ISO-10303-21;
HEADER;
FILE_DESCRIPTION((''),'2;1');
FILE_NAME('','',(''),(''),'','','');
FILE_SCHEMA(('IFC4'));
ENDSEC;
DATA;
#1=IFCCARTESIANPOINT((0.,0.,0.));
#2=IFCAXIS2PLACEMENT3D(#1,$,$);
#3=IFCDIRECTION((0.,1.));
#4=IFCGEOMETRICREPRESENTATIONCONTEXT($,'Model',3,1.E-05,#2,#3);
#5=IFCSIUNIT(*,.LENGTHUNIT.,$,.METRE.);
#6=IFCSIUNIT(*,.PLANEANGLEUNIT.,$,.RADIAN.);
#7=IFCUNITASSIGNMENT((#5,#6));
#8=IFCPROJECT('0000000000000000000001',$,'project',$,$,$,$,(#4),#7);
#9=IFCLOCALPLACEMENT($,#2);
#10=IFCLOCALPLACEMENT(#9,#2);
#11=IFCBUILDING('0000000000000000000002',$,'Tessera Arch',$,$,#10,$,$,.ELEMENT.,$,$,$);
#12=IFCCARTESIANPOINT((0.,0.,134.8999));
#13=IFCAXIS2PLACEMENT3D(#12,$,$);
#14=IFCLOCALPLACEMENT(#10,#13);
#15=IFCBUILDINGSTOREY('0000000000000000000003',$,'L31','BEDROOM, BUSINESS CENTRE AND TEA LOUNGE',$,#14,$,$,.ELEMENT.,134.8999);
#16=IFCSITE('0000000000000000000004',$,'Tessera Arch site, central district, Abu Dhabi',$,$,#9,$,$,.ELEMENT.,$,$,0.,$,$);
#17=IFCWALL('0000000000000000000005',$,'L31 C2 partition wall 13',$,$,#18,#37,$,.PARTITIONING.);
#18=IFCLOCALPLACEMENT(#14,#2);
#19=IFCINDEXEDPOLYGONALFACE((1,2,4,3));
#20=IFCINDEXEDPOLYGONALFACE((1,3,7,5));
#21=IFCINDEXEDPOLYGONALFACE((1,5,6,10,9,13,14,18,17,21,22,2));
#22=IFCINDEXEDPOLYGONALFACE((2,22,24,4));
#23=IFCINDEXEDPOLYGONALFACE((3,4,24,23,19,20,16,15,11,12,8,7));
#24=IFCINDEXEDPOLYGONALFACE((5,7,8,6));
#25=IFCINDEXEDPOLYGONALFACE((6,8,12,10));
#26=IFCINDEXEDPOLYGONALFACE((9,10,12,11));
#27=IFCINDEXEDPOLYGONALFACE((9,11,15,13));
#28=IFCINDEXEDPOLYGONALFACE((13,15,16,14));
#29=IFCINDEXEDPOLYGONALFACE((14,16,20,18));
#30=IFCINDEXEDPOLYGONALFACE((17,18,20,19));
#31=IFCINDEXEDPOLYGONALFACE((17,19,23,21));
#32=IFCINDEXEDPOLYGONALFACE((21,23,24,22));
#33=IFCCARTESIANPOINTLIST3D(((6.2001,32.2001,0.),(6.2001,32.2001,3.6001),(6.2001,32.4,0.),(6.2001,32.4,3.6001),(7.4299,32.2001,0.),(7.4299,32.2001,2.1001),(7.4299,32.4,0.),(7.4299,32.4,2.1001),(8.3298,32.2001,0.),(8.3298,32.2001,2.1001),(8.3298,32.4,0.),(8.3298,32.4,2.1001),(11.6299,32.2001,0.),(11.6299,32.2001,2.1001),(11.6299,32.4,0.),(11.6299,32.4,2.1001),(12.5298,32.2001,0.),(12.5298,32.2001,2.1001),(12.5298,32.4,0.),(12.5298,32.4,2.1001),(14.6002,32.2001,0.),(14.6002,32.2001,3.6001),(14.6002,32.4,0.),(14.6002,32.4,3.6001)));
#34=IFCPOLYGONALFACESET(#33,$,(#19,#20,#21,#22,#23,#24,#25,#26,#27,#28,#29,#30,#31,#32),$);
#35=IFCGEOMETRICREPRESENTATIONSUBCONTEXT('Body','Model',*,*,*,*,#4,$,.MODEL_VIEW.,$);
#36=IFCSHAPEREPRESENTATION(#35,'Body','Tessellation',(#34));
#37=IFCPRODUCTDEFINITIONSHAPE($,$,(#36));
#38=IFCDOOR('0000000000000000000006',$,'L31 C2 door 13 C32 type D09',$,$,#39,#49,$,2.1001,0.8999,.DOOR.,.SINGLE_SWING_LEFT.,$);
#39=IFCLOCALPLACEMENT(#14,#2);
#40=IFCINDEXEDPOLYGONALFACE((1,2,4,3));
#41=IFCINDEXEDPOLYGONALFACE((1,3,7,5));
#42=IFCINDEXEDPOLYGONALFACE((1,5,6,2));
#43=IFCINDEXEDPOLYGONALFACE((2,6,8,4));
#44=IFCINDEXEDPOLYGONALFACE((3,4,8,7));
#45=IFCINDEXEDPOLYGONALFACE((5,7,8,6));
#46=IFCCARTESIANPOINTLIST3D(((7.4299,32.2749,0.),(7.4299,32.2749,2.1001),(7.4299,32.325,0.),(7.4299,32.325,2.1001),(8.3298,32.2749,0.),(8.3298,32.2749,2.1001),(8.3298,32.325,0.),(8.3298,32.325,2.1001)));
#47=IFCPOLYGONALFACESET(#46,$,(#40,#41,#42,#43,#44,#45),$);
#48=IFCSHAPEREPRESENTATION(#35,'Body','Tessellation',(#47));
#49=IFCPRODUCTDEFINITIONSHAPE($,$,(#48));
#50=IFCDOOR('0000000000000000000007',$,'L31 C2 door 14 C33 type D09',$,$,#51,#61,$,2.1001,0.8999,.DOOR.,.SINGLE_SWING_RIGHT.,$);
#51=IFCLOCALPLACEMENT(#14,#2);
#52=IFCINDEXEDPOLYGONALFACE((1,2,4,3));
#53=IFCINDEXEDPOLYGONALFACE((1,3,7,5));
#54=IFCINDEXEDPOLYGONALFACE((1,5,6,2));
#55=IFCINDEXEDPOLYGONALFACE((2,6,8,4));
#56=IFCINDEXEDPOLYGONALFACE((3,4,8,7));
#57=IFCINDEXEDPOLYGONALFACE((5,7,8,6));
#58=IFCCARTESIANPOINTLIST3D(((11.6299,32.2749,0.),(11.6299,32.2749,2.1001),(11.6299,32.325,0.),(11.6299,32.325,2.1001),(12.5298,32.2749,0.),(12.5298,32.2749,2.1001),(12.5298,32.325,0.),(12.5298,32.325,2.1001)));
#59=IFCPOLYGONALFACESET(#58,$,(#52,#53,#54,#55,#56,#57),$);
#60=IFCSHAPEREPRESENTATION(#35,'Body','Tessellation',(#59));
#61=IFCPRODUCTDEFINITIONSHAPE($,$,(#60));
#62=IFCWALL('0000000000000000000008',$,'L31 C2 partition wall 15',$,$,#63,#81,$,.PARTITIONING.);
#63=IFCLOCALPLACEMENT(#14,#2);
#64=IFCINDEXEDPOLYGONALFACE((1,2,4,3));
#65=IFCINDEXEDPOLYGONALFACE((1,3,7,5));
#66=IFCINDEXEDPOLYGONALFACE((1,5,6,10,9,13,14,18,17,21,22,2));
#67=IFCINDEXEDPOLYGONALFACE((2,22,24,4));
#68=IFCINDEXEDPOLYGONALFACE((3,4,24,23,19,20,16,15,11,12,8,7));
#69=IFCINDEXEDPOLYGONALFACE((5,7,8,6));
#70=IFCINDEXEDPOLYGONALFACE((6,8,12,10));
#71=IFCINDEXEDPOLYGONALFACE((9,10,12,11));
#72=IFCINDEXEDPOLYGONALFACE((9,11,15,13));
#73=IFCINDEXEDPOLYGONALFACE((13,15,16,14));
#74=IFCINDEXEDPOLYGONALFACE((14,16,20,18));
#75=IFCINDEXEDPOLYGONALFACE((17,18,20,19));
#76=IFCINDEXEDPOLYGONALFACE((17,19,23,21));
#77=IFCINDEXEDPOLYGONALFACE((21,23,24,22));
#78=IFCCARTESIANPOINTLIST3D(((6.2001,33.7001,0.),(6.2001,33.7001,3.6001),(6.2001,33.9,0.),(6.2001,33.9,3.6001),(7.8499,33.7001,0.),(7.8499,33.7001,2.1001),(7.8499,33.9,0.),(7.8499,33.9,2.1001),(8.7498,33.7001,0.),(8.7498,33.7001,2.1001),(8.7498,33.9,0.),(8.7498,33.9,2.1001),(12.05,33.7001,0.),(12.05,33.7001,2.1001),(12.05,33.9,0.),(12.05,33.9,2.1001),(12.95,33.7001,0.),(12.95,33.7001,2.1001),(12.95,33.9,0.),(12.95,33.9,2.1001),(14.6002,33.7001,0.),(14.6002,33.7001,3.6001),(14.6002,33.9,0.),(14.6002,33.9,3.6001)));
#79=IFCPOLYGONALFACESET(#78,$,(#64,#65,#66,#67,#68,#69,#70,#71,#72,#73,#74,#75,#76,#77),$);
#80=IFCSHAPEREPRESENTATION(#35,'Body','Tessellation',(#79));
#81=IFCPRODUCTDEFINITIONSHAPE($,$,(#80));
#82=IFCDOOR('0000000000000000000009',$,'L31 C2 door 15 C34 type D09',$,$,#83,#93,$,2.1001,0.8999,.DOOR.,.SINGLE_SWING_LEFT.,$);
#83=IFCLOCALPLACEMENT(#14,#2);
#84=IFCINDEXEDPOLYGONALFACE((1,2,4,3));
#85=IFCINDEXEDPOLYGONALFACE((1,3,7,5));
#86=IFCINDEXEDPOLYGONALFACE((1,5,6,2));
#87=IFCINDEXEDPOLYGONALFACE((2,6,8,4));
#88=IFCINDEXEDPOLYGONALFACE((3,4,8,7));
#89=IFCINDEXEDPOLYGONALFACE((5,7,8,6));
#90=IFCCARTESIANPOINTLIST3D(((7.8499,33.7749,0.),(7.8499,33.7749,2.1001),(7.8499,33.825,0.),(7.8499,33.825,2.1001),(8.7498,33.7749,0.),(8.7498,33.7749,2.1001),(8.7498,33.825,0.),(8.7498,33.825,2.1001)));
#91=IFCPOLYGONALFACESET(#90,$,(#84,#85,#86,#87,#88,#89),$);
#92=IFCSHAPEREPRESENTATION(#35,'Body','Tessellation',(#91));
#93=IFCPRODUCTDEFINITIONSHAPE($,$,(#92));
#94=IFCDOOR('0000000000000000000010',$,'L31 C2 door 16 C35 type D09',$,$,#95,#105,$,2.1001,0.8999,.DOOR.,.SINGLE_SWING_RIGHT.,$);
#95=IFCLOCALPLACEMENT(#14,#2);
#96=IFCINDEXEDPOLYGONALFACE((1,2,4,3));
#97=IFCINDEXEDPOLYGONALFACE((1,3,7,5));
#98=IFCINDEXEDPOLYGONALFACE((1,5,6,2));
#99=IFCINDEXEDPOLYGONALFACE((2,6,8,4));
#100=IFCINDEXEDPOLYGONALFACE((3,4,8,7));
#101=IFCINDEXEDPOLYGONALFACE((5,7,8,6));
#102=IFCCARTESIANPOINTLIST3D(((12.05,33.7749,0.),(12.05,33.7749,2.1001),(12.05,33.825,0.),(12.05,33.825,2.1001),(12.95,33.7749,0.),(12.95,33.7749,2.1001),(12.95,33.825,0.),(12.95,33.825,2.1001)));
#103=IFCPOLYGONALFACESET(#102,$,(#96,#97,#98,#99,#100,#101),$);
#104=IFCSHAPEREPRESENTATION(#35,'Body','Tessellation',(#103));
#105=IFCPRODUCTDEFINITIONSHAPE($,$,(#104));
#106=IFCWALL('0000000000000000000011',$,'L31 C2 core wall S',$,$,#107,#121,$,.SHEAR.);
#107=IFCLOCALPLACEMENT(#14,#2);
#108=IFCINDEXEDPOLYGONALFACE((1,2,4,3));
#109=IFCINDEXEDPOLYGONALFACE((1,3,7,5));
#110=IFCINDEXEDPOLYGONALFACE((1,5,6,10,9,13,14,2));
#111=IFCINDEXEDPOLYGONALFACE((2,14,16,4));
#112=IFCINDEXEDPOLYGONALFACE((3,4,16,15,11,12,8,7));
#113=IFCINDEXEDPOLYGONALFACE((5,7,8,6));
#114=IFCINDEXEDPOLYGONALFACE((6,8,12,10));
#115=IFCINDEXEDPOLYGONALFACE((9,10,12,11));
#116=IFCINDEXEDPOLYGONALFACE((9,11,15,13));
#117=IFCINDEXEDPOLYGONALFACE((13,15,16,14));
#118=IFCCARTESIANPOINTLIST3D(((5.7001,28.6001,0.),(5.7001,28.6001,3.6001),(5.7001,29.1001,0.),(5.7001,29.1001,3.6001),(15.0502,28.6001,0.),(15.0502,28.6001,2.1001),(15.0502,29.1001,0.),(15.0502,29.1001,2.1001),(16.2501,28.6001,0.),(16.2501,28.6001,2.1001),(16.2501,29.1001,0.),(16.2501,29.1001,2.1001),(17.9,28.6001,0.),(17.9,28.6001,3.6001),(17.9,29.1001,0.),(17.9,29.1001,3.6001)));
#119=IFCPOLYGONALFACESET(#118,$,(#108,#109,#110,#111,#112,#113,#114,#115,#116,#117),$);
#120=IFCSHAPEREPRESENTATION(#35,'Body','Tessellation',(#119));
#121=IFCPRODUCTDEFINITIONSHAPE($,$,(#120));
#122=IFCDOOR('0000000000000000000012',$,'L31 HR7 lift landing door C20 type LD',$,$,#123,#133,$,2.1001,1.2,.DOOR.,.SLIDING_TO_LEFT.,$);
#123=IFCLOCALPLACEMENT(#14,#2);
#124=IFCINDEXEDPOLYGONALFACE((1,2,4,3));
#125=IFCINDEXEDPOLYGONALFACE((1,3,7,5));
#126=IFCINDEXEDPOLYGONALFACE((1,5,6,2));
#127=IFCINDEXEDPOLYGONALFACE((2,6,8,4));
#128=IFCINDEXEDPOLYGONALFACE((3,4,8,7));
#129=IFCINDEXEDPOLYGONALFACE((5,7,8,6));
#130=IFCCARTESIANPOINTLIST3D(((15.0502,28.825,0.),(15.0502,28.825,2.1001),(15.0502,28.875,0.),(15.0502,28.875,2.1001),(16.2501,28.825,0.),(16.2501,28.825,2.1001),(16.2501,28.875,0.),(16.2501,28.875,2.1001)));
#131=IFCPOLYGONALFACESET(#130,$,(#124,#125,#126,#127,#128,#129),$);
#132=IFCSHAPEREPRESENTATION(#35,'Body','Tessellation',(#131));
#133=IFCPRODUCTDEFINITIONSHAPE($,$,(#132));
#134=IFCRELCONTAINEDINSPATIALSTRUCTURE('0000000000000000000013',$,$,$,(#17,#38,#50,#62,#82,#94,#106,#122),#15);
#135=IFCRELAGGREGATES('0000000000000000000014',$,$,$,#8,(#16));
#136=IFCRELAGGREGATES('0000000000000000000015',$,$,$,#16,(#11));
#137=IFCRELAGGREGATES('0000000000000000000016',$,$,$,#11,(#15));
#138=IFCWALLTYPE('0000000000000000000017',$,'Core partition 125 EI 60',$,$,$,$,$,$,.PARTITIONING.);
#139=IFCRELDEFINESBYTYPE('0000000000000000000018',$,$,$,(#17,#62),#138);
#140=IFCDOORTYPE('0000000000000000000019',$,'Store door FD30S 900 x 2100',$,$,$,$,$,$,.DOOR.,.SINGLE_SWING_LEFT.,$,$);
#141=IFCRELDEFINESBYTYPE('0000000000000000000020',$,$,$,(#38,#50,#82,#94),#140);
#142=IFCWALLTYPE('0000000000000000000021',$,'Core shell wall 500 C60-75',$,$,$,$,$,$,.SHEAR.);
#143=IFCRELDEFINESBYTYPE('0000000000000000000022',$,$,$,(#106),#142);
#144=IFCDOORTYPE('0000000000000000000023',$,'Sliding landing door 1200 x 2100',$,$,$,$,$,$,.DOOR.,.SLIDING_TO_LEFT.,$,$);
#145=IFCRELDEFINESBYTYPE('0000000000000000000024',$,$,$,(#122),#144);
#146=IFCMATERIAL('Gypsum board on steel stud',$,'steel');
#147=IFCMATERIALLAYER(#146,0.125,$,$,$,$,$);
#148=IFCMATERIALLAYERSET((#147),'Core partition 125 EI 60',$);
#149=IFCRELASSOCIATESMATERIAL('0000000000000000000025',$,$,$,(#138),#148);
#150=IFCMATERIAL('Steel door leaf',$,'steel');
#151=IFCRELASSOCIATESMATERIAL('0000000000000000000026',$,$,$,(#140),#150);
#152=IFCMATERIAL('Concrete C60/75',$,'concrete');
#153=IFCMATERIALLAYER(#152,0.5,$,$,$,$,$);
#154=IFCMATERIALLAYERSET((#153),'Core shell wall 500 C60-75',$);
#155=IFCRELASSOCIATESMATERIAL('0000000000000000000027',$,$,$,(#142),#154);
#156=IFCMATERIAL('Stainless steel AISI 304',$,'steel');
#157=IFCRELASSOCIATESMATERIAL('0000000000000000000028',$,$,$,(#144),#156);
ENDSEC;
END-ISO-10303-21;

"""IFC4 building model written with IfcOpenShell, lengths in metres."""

from ifc_helpers import new_model, si_unit, direction, frame, frame_2d, origin, place, context, subcontext, project, spatial, rectangle, extrude, material, layer, layer_set, type_object, element, fill, save


model = new_model("IFC4")

# Units and contexts
model_context = context("Model", 3, precision=1e-05, world=origin(), true_north=direction((0.0, 1.0)))
body_context = subcontext(model_context, "Body", "Model", "MODEL_VIEW")
ifc_project = project(units=[si_unit("LENGTHUNIT", "METRE"), si_unit("PLANEANGLEUNIT", "RADIAN")], contexts=[model_context])

# Site, building, storey
site_placement = place(None, origin())
site = spatial("IfcSite", under=ifc_project, at=site_placement, Name="Tessera Arch site, central district, Abu Dhabi", CompositionType="ELEMENT", RefElevation=0.0)
building_placement = place(site_placement, origin())
building = spatial("IfcBuilding", under=site, at=building_placement, Name="Tessera Arch", CompositionType="ELEMENT")
storey_placement = place(building_placement, frame((0.0, 0.0, 134.8999)))
storey = spatial("IfcBuildingStorey", under=building, at=storey_placement, Name="L31", Description="BEDROOM, BUSINESS CENTRE AND TEA LOUNGE", CompositionType="ELEMENT", Elevation=134.8999)

# Shared definitions
ifc_material_1 = material(Name="Gypsum board on steel stud", Category="steel")
ifc_layer_1 = layer(ifc_material_1, 0.125)
ifc_layer_set_1 = layer_set([ifc_layer_1], Name="Core partition 125 EI 60")
wall_type_1 = type_object("IfcWallType", Name="Core partition 125 EI 60", PredefinedType="PARTITIONING", material=ifc_layer_set_1)

# Walls, openings, doors
wall_1_placement = place(storey_placement, frame((6.2, 32.3, 0.0), z_axis=(0.0, 0.0, 1.0), x_axis=(1.0, 0.0, 0.0)))
wall_1 = element("IfcWall", 1, at=wall_1_placement, inside=storey, type_object=wall_type_1, Name="L31 C2 partition wall 13", PredefinedType="PARTITIONING", context=body_context, shape_type="SweptSolid", body=[
    extrude(rectangle(XDim=8.4001, YDim=0.2, at=frame_2d((4.2002, 0.0))), origin(), (0.0, 0.0, 1.0), 3.6001),
])
opening_1_placement = place(wall_1_placement, frame((1.23, 0.0, 0.0)))
opening_1 = element("IfcOpeningElement", 2, at=opening_1_placement, cuts=wall_1, PredefinedType="OPENING", context=body_context, shape_type="SweptSolid", body=[
    extrude(rectangle(XDim=0.8999, YDim=2.1001, at=frame_2d((0.45, 1.05))), frame((0.0, 0.1099, 0.0), z_axis=(0.0, -1.0, 0.0), x_axis=(1.0, 0.0, 0.0)), (0.0, 0.0, 1.0), 0.22),
])
opening_2_placement = place(wall_1_placement, frame((5.4299, 0.0, 0.0)))
opening_2 = element("IfcOpeningElement", 3, at=opening_2_placement, cuts=wall_1, PredefinedType="OPENING", context=body_context, shape_type="SweptSolid", body=[
    extrude(rectangle(XDim=0.8999, YDim=2.1001, at=frame_2d((0.45, 1.05))), frame((0.0, 0.1099, 0.0), z_axis=(0.0, -1.0, 0.0), x_axis=(1.0, 0.0, 0.0)), (0.0, 0.0, 1.0), 0.22),
])
ifc_material_2 = material(Name="Steel door leaf", Category="steel")
door_type_1 = type_object("IfcDoorType", Name="Store door FD30S 900 x 2100", OperationType="SINGLE_SWING_LEFT", PredefinedType="DOOR", material=ifc_material_2)
door_1_placement = place(opening_1_placement, origin())
door_1 = element("IfcDoor", 4, at=door_1_placement, inside=storey, type_object=door_type_1, Name="L31 C2 door 13 C32 type D09", OperationType="SINGLE_SWING_LEFT", OverallHeight=2.1001, OverallWidth=0.8999, PredefinedType="DOOR", context=body_context, shape_type="SweptSolid", body=[
    extrude(rectangle(XDim=0.8999, YDim=2.1001, at=frame_2d((0.45, 1.05))), frame((0.0, 0.0249, 0.0), z_axis=(0.0, -1.0, 0.0), x_axis=(1.0, 0.0, 0.0)), (0.0, 0.0, 1.0), 0.05),
])
fill(opening_1, door_1)
door_2_placement = place(opening_2_placement, origin())
door_2 = element("IfcDoor", 5, at=door_2_placement, inside=storey, type_object=door_type_1, Name="L31 C2 door 14 C33 type D09", OperationType="SINGLE_SWING_RIGHT", OverallHeight=2.1001, OverallWidth=0.8999, PredefinedType="DOOR", context=body_context, shape_type="SweptSolid", body=[
    extrude(rectangle(XDim=0.8999, YDim=2.1001, at=frame_2d((0.45, 1.05))), frame((0.0, 0.0249, 0.0), z_axis=(0.0, -1.0, 0.0), x_axis=(1.0, 0.0, 0.0)), (0.0, 0.0, 1.0), 0.05),
])
fill(opening_2, door_2)
wall_2_placement = place(storey_placement, frame((6.2, 33.8, 0.0), z_axis=(0.0, 0.0, 1.0), x_axis=(1.0, 0.0, 0.0)))
wall_2 = element("IfcWall", 6, at=wall_2_placement, inside=storey, type_object=wall_type_1, Name="L31 C2 partition wall 15", PredefinedType="PARTITIONING", context=body_context, shape_type="SweptSolid", body=[
    extrude(rectangle(XDim=8.4001, YDim=0.2, at=frame_2d((4.2002, 0.0))), origin(), (0.0, 0.0, 1.0), 3.6001),
])
opening_3_placement = place(wall_2_placement, frame((1.6499, 0.0, 0.0)))
opening_3 = element("IfcOpeningElement", 7, at=opening_3_placement, cuts=wall_2, PredefinedType="OPENING", context=body_context, shape_type="SweptSolid", body=[
    extrude(rectangle(XDim=0.8999, YDim=2.1001, at=frame_2d((0.45, 1.05))), frame((0.0, 0.1099, 0.0), z_axis=(0.0, -1.0, 0.0), x_axis=(1.0, 0.0, 0.0)), (0.0, 0.0, 1.0), 0.22),
])
opening_4_placement = place(wall_2_placement, frame((5.8501, 0.0, 0.0)))
opening_4 = element("IfcOpeningElement", 8, at=opening_4_placement, cuts=wall_2, PredefinedType="OPENING", context=body_context, shape_type="SweptSolid", body=[
    extrude(rectangle(XDim=0.8999, YDim=2.1001, at=frame_2d((0.45, 1.05))), frame((0.0, 0.1099, 0.0), z_axis=(0.0, -1.0, 0.0), x_axis=(1.0, 0.0, 0.0)), (0.0, 0.0, 1.0), 0.22),
])
door_3_placement = place(opening_3_placement, origin())
door_3 = element("IfcDoor", 9, at=door_3_placement, inside=storey, type_object=door_type_1, Name="L31 C2 door 15 C34 type D09", OperationType="SINGLE_SWING_LEFT", OverallHeight=2.1001, OverallWidth=0.8999, PredefinedType="DOOR", context=body_context, shape_type="SweptSolid", body=[
    extrude(rectangle(XDim=0.8999, YDim=2.1001, at=frame_2d((0.45, 1.05))), frame((0.0, 0.0249, 0.0), z_axis=(0.0, -1.0, 0.0), x_axis=(1.0, 0.0, 0.0)), (0.0, 0.0, 1.0), 0.05),
])
fill(opening_3, door_3)
door_4_placement = place(opening_4_placement, origin())
door_4 = element("IfcDoor", 10, at=door_4_placement, inside=storey, type_object=door_type_1, Name="L31 C2 door 16 C35 type D09", OperationType="SINGLE_SWING_RIGHT", OverallHeight=2.1001, OverallWidth=0.8999, PredefinedType="DOOR", context=body_context, shape_type="SweptSolid", body=[
    extrude(rectangle(XDim=0.8999, YDim=2.1001, at=frame_2d((0.45, 1.05))), frame((0.0, 0.0249, 0.0), z_axis=(0.0, -1.0, 0.0), x_axis=(1.0, 0.0, 0.0)), (0.0, 0.0, 1.0), 0.05),
])
fill(opening_4, door_4)

# Wall, opening, door
ifc_material_3 = material(Name="Concrete C60/75", Category="concrete")
ifc_layer_2 = layer(ifc_material_3, 0.5)
ifc_layer_set_2 = layer_set([ifc_layer_2], Name="Core shell wall 500 C60-75")
wall_type_2 = type_object("IfcWallType", Name="Core shell wall 500 C60-75", PredefinedType="SHEAR", material=ifc_layer_set_2)
wall_3_placement = place(storey_placement, frame((5.7, 28.8501, 0.0), z_axis=(0.0, 0.0, 1.0), x_axis=(1.0, 0.0, 0.0)))
wall_3 = element("IfcWall", 11, at=wall_3_placement, inside=storey, type_object=wall_type_2, Name="L31 C2 core wall S", PredefinedType="SHEAR", context=body_context, shape_type="SweptSolid", body=[
    extrude(rectangle(XDim=12.2, YDim=0.5, at=frame_2d((6.1001, 0.0))), origin(), (0.0, 0.0, 1.0), 3.6001),
])
opening_5_placement = place(wall_3_placement, frame((9.3501, 0.0, 0.0)))
opening_5 = element("IfcOpeningElement", 12, at=opening_5_placement, cuts=wall_3, PredefinedType="OPENING", context=body_context, shape_type="SweptSolid", body=[
    extrude(rectangle(XDim=1.2, YDim=2.1001, at=frame_2d((0.6001, 1.05))), frame((0.0, 0.26, 0.0), z_axis=(0.0, -1.0, 0.0), x_axis=(1.0, 0.0, 0.0)), (0.0, 0.0, 1.0), 0.52),
])
ifc_material_4 = material(Name="Stainless steel AISI 304", Category="steel")
door_type_2 = type_object("IfcDoorType", Name="Sliding landing door 1200 x 2100", OperationType="SLIDING_TO_LEFT", PredefinedType="DOOR", material=ifc_material_4)
door_5_placement = place(opening_5_placement, origin())
door_5 = element("IfcDoor", 13, at=door_5_placement, inside=storey, type_object=door_type_2, Name="L31 HR7 lift landing door C20 type LD", OperationType="SLIDING_TO_LEFT", OverallHeight=2.1001, OverallWidth=1.2, PredefinedType="DOOR", context=body_context, shape_type="SweptSolid", body=[
    extrude(rectangle(XDim=1.2, YDim=2.1001, at=frame_2d((0.6001, 1.05))), frame((0.0, 0.0249, 0.0), z_axis=(0.0, -1.0, 0.0), x_axis=(1.0, 0.0, 0.0)), (0.0, 0.0, 1.0), 0.05),
])
fill(opening_5, door_5)

save(model, "model.ifc")
